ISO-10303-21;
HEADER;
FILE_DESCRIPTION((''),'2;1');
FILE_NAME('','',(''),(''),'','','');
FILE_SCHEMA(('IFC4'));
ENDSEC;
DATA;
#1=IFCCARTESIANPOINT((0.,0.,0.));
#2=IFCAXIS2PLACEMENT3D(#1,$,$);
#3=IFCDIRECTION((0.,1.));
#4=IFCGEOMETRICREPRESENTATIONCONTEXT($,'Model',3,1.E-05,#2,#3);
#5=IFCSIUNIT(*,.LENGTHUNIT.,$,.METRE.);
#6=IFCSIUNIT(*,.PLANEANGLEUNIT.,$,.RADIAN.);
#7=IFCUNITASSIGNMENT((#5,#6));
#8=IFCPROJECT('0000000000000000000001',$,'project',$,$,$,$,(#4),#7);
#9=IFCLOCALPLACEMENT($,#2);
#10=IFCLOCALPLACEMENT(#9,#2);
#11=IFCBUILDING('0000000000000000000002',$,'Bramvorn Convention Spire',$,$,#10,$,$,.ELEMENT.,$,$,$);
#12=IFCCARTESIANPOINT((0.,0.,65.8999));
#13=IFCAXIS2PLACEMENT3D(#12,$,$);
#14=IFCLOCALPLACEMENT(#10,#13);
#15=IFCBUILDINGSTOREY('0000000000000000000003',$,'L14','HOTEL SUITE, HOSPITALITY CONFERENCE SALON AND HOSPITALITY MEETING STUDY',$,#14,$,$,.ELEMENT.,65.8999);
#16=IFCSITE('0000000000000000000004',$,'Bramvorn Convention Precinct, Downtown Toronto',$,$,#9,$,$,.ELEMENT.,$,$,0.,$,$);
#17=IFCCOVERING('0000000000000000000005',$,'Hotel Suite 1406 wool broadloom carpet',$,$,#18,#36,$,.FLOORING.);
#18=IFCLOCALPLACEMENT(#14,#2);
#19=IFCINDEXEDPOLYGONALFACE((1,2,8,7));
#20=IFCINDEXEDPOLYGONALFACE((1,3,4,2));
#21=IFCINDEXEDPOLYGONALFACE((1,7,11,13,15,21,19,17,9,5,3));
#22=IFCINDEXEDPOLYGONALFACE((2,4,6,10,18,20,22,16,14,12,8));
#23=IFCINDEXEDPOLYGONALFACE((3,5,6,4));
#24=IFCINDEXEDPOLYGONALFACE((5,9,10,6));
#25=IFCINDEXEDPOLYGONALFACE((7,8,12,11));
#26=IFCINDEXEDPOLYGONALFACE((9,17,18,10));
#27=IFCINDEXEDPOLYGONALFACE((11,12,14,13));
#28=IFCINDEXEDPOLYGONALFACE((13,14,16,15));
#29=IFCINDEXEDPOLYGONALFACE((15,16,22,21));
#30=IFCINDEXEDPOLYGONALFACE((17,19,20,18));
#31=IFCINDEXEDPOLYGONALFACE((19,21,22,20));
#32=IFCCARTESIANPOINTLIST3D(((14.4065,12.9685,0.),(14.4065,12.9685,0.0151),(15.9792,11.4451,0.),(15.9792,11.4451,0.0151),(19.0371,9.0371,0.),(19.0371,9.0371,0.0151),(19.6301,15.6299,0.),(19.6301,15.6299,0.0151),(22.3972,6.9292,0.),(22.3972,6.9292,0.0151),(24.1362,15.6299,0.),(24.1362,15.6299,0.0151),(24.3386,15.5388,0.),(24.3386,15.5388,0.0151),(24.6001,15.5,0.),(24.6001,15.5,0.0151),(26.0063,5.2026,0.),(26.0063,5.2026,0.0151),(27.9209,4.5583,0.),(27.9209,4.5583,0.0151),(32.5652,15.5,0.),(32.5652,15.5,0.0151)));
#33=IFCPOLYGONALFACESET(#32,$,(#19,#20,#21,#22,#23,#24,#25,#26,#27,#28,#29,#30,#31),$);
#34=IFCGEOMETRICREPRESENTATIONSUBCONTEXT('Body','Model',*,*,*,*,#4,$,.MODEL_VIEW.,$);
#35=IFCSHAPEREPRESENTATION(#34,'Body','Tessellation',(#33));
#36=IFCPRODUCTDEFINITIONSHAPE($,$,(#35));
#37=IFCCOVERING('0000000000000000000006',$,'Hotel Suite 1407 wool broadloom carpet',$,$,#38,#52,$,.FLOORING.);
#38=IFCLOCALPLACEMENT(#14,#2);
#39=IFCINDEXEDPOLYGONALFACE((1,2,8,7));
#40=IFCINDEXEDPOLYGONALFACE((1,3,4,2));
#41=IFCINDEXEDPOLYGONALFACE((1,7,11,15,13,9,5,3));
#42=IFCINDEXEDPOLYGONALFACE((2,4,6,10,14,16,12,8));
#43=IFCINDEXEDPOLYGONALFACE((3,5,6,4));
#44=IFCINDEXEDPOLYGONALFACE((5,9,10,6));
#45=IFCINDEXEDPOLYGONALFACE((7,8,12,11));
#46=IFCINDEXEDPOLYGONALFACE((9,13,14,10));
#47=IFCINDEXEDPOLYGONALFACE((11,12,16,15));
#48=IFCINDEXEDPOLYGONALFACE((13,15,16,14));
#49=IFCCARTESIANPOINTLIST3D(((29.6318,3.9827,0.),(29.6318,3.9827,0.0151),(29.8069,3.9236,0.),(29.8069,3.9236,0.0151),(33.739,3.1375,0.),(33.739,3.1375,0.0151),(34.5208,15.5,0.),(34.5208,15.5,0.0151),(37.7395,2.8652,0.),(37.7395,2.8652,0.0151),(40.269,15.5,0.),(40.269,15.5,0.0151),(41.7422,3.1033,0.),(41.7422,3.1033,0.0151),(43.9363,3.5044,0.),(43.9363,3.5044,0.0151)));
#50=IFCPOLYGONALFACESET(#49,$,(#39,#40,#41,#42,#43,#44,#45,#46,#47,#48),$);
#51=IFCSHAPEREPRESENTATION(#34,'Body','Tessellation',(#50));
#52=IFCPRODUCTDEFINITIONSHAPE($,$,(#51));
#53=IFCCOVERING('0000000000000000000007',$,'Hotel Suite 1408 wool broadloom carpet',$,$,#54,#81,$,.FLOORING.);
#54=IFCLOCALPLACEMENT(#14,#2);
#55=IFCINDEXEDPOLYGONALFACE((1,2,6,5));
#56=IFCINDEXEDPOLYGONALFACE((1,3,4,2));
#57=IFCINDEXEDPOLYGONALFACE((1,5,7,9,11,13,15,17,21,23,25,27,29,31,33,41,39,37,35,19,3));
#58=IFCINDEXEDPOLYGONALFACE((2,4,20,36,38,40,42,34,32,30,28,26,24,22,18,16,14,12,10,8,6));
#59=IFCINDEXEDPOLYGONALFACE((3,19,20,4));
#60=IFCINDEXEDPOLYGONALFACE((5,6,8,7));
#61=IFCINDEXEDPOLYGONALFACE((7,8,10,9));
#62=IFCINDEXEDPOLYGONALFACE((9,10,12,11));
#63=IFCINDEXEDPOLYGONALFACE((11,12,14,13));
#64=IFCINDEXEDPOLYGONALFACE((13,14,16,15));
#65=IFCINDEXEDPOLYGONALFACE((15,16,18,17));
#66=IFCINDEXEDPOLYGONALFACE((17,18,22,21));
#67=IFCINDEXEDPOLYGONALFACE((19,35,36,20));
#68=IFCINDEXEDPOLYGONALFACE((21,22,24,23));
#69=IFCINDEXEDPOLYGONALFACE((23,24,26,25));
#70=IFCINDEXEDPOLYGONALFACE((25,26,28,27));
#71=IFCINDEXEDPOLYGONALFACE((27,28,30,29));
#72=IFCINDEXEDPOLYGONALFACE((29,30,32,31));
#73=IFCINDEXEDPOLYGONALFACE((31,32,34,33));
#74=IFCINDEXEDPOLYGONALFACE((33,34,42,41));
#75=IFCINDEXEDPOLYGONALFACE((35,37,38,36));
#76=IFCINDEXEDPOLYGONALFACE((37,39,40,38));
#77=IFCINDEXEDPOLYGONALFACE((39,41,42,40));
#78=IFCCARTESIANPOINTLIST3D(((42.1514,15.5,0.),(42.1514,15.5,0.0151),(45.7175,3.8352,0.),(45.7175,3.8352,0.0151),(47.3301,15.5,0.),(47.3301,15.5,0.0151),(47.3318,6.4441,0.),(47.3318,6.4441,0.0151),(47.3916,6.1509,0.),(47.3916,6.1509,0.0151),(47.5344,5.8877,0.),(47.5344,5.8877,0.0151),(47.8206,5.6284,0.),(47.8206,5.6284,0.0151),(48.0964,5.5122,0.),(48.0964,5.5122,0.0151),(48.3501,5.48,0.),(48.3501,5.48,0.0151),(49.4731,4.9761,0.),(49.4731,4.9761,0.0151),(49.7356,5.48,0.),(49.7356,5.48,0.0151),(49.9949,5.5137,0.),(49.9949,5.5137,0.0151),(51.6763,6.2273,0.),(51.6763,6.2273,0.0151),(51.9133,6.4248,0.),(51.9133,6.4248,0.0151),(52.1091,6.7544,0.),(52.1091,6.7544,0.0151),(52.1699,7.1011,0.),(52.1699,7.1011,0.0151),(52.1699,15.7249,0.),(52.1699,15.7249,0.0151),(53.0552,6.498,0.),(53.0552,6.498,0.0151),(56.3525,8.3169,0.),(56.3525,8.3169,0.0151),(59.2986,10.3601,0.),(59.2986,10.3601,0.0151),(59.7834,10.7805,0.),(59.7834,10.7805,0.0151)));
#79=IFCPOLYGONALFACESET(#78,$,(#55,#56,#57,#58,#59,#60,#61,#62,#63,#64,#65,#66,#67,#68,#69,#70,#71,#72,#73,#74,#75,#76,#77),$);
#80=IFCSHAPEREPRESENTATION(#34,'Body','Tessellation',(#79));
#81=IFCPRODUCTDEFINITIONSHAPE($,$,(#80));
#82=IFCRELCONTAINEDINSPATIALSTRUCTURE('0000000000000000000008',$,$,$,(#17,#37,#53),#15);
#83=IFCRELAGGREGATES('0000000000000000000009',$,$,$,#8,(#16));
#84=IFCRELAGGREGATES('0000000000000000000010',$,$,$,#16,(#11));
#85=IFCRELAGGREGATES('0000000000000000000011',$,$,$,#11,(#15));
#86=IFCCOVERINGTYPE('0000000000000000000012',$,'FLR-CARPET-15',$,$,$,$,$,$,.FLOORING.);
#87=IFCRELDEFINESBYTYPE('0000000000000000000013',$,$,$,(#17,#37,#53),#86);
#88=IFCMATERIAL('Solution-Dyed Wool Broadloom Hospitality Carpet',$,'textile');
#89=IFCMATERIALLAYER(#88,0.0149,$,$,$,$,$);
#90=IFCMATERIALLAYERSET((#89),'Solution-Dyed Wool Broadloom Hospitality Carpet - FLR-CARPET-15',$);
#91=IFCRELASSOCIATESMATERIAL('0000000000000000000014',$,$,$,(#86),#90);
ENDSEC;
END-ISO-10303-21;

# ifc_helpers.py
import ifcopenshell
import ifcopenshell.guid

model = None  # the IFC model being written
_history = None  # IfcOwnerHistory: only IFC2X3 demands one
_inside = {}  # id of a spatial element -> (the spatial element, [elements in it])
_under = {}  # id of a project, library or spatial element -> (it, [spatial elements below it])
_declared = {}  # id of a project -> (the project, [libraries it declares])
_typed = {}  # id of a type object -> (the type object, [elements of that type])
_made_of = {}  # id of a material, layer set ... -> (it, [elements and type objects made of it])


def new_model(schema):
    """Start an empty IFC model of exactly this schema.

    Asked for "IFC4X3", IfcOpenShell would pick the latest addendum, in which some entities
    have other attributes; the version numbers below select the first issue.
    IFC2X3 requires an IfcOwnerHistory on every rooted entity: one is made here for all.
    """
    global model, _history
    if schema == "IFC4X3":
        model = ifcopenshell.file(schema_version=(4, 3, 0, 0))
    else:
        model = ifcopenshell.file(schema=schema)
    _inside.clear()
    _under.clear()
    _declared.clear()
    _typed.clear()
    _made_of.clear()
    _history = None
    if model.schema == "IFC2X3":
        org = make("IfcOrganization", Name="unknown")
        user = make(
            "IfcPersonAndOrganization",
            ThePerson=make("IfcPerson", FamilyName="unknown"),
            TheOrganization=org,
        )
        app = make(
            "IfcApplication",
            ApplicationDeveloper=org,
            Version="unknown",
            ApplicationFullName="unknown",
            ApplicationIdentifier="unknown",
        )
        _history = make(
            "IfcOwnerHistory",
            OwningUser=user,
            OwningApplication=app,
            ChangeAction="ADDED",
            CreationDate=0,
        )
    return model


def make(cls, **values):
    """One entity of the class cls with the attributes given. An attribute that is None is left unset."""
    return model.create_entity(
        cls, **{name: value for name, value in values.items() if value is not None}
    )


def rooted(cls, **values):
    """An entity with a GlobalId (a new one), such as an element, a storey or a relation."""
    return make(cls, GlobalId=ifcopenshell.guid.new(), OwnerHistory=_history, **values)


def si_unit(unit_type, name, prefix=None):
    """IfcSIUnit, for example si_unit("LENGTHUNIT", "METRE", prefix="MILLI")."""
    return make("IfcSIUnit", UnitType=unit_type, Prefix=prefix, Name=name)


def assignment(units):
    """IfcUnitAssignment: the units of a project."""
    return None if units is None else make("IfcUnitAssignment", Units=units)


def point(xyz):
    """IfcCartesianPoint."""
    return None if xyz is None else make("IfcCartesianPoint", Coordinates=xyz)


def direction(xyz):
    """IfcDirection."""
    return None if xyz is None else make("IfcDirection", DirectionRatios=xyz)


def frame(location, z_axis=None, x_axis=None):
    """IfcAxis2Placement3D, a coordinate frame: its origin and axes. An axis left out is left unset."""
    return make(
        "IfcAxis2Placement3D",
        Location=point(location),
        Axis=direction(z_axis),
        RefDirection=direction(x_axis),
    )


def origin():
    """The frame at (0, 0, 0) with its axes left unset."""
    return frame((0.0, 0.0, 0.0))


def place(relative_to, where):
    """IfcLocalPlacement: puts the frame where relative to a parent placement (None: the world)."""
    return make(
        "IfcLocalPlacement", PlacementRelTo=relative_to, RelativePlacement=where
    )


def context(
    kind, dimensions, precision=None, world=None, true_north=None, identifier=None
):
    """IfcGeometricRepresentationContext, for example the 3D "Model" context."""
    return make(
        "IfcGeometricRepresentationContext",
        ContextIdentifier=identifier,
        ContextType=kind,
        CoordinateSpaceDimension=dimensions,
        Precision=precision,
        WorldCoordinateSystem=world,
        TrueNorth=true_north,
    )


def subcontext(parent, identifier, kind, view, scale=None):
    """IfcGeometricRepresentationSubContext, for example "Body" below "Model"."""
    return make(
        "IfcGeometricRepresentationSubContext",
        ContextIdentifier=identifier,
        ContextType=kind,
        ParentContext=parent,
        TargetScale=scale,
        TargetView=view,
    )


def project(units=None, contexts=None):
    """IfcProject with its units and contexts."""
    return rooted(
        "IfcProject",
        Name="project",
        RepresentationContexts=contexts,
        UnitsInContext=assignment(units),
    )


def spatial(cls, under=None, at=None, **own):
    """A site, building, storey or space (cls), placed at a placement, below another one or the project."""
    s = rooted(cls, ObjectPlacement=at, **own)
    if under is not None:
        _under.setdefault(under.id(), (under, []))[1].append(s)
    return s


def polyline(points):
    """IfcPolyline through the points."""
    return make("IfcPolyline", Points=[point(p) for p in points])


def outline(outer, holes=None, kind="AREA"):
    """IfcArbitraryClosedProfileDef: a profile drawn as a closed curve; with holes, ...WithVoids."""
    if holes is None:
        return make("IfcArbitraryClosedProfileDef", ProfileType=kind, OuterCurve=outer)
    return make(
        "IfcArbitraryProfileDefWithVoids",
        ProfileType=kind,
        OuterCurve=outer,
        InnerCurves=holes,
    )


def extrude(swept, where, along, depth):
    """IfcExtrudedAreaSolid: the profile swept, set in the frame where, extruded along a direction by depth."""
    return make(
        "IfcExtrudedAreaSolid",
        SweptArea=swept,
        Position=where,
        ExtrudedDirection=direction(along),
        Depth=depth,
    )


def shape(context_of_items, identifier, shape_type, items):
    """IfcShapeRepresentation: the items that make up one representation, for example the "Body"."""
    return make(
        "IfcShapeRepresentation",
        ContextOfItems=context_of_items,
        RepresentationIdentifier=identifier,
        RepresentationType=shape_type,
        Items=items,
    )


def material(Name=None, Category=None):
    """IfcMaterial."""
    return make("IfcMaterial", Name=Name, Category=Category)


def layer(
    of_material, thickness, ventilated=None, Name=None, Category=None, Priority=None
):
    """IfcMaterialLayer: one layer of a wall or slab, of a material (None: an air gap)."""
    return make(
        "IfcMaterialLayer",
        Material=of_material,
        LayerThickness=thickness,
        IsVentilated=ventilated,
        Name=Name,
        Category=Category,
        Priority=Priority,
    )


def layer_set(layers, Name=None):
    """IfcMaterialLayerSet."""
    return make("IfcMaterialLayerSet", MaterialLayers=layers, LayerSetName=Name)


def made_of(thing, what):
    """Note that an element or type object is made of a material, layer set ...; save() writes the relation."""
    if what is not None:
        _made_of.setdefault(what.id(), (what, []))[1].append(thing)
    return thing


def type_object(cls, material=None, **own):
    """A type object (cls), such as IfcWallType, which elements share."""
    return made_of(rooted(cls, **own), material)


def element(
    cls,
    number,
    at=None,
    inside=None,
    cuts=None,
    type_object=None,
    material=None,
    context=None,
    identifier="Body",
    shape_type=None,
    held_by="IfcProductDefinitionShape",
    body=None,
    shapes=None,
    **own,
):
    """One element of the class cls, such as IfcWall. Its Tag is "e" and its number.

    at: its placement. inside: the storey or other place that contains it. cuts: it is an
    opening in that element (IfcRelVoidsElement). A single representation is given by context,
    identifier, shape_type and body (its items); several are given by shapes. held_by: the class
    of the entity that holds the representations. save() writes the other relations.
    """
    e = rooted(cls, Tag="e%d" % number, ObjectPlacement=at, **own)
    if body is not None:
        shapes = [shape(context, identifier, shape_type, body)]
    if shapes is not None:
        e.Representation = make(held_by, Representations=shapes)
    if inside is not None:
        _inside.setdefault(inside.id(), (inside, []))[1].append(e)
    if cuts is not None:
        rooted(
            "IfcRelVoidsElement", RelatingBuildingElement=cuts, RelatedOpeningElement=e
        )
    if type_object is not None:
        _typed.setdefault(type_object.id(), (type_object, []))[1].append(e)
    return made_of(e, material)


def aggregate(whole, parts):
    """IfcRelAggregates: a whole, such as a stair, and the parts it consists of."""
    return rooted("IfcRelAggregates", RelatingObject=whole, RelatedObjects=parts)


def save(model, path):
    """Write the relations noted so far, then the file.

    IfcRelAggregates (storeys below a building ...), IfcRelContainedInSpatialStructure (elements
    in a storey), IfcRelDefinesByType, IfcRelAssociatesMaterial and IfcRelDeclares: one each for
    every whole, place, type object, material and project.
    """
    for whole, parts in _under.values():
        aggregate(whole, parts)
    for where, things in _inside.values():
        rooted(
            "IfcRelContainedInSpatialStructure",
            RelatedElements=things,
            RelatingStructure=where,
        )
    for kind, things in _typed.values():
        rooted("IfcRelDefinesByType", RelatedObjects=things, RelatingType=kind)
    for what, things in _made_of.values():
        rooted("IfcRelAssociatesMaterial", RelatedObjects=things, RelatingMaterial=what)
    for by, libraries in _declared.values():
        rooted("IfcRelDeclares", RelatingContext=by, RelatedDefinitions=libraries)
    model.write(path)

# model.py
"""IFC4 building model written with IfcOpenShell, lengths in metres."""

from ifc_helpers import new_model, si_unit, direction, frame, origin, place, context, subcontext, project, spatial, polyline, outline, extrude, material, layer, layer_set, type_object, element, save


model = new_model("IFC4")

# Units and contexts
model_context = context("Model", 3, precision=1e-05, world=origin(), true_north=direction((0.0, 1.0)))
body_context = subcontext(model_context, "Body", "Model", "MODEL_VIEW")
ifc_project = project(units=[si_unit("LENGTHUNIT", "METRE"), si_unit("PLANEANGLEUNIT", "RADIAN")], contexts=[model_context])

# Site, building, storey
site_placement = place(None, origin())
site = spatial("IfcSite", under=ifc_project, at=site_placement, Name="Bramvorn Convention Precinct, Downtown Toronto", CompositionType="ELEMENT", RefElevation=0.0)
building_placement = place(site_placement, origin())
building = spatial("IfcBuilding", under=site, at=building_placement, Name="Bramvorn Convention Spire", CompositionType="ELEMENT")
storey_placement = place(building_placement, frame((0.0, 0.0, 65.8999)))
storey = spatial("IfcBuildingStorey", under=building, at=storey_placement, Name="L14", Description="HOTEL SUITE, HOSPITALITY CONFERENCE SALON AND HOSPITALITY MEETING STUDY", CompositionType="ELEMENT", Elevation=65.8999)

# Coverings
ifc_material_1 = material(Name="Solution-Dyed Wool Broadloom Hospitality Carpet", Category="textile")
ifc_layer_1 = layer(ifc_material_1, 0.0149)
ifc_layer_set_1 = layer_set([ifc_layer_1], Name="Solution-Dyed Wool Broadloom Hospitality Carpet - FLR-CARPET-15")
covering_type = type_object("IfcCoveringType", Name="FLR-CARPET-15", PredefinedType="FLOORING", material=ifc_layer_set_1)
covering_1_placement = place(storey_placement, origin())
element("IfcCovering", 1, at=covering_1_placement, inside=storey, type_object=covering_type, Name="Hotel Suite 1406 wool broadloom carpet", PredefinedType="FLOORING", context=body_context, shape_type="SweptSolid", body=[
    extrude(outline(polyline([(26.0063, 5.2026), (27.9209, 4.5583), (32.5652, 15.5), (24.6001, 15.5), (24.3386, 15.5388), (24.1362, 15.6299), (19.6301, 15.6299), (14.4065, 12.9685), (15.9792, 11.4451), (19.0371, 9.0371), (22.3972, 6.9292), (26.0063, 5.2026)])), origin(), (0.0, 0.0, 1.0), 0.0151),
])
covering_2_placement = place(storey_placement, origin())
element("IfcCovering", 2, at=covering_2_placement, inside=storey, type_object=covering_type, Name="Hotel Suite 1407 wool broadloom carpet", PredefinedType="FLOORING", context=body_context, shape_type="SweptSolid", body=[
    extrude(outline(polyline([(41.7422, 3.1033), (43.9363, 3.5044), (40.269, 15.5), (34.5208, 15.5), (29.6318, 3.9827), (29.8069, 3.9236), (33.739, 3.1375), (37.7395, 2.8652), (41.7422, 3.1033)])), origin(), (0.0, 0.0, 1.0), 0.0151),
])
covering_3_placement = place(storey_placement, origin())
element("IfcCovering", 3, at=covering_3_placement, inside=storey, type_object=covering_type, Name="Hotel Suite 1408 wool broadloom carpet", PredefinedType="FLOORING", context=body_context, shape_type="SweptSolid", body=[
    extrude(outline(polyline([(49.4731, 4.9761), (53.0552, 6.498), (56.3525, 8.3169), (59.2986, 10.3601), (59.7834, 10.7805), (52.1699, 15.7249), (52.1699, 7.1011), (52.1091, 6.7544), (51.9133, 6.4248), (51.6763, 6.2273), (49.9949, 5.5137), (49.7356, 5.48), (48.3501, 5.48), (48.0964, 5.5122), (47.8206, 5.6284), (47.5344, 5.8877), (47.3916, 6.1509), (47.3318, 6.4441), (47.3301, 15.5), (42.1514, 15.5), (45.7175, 3.8352), (49.4731, 4.9761)])), origin(), (0.0, 0.0, 1.0), 0.0151),
])

save(model, "model.ifc")
